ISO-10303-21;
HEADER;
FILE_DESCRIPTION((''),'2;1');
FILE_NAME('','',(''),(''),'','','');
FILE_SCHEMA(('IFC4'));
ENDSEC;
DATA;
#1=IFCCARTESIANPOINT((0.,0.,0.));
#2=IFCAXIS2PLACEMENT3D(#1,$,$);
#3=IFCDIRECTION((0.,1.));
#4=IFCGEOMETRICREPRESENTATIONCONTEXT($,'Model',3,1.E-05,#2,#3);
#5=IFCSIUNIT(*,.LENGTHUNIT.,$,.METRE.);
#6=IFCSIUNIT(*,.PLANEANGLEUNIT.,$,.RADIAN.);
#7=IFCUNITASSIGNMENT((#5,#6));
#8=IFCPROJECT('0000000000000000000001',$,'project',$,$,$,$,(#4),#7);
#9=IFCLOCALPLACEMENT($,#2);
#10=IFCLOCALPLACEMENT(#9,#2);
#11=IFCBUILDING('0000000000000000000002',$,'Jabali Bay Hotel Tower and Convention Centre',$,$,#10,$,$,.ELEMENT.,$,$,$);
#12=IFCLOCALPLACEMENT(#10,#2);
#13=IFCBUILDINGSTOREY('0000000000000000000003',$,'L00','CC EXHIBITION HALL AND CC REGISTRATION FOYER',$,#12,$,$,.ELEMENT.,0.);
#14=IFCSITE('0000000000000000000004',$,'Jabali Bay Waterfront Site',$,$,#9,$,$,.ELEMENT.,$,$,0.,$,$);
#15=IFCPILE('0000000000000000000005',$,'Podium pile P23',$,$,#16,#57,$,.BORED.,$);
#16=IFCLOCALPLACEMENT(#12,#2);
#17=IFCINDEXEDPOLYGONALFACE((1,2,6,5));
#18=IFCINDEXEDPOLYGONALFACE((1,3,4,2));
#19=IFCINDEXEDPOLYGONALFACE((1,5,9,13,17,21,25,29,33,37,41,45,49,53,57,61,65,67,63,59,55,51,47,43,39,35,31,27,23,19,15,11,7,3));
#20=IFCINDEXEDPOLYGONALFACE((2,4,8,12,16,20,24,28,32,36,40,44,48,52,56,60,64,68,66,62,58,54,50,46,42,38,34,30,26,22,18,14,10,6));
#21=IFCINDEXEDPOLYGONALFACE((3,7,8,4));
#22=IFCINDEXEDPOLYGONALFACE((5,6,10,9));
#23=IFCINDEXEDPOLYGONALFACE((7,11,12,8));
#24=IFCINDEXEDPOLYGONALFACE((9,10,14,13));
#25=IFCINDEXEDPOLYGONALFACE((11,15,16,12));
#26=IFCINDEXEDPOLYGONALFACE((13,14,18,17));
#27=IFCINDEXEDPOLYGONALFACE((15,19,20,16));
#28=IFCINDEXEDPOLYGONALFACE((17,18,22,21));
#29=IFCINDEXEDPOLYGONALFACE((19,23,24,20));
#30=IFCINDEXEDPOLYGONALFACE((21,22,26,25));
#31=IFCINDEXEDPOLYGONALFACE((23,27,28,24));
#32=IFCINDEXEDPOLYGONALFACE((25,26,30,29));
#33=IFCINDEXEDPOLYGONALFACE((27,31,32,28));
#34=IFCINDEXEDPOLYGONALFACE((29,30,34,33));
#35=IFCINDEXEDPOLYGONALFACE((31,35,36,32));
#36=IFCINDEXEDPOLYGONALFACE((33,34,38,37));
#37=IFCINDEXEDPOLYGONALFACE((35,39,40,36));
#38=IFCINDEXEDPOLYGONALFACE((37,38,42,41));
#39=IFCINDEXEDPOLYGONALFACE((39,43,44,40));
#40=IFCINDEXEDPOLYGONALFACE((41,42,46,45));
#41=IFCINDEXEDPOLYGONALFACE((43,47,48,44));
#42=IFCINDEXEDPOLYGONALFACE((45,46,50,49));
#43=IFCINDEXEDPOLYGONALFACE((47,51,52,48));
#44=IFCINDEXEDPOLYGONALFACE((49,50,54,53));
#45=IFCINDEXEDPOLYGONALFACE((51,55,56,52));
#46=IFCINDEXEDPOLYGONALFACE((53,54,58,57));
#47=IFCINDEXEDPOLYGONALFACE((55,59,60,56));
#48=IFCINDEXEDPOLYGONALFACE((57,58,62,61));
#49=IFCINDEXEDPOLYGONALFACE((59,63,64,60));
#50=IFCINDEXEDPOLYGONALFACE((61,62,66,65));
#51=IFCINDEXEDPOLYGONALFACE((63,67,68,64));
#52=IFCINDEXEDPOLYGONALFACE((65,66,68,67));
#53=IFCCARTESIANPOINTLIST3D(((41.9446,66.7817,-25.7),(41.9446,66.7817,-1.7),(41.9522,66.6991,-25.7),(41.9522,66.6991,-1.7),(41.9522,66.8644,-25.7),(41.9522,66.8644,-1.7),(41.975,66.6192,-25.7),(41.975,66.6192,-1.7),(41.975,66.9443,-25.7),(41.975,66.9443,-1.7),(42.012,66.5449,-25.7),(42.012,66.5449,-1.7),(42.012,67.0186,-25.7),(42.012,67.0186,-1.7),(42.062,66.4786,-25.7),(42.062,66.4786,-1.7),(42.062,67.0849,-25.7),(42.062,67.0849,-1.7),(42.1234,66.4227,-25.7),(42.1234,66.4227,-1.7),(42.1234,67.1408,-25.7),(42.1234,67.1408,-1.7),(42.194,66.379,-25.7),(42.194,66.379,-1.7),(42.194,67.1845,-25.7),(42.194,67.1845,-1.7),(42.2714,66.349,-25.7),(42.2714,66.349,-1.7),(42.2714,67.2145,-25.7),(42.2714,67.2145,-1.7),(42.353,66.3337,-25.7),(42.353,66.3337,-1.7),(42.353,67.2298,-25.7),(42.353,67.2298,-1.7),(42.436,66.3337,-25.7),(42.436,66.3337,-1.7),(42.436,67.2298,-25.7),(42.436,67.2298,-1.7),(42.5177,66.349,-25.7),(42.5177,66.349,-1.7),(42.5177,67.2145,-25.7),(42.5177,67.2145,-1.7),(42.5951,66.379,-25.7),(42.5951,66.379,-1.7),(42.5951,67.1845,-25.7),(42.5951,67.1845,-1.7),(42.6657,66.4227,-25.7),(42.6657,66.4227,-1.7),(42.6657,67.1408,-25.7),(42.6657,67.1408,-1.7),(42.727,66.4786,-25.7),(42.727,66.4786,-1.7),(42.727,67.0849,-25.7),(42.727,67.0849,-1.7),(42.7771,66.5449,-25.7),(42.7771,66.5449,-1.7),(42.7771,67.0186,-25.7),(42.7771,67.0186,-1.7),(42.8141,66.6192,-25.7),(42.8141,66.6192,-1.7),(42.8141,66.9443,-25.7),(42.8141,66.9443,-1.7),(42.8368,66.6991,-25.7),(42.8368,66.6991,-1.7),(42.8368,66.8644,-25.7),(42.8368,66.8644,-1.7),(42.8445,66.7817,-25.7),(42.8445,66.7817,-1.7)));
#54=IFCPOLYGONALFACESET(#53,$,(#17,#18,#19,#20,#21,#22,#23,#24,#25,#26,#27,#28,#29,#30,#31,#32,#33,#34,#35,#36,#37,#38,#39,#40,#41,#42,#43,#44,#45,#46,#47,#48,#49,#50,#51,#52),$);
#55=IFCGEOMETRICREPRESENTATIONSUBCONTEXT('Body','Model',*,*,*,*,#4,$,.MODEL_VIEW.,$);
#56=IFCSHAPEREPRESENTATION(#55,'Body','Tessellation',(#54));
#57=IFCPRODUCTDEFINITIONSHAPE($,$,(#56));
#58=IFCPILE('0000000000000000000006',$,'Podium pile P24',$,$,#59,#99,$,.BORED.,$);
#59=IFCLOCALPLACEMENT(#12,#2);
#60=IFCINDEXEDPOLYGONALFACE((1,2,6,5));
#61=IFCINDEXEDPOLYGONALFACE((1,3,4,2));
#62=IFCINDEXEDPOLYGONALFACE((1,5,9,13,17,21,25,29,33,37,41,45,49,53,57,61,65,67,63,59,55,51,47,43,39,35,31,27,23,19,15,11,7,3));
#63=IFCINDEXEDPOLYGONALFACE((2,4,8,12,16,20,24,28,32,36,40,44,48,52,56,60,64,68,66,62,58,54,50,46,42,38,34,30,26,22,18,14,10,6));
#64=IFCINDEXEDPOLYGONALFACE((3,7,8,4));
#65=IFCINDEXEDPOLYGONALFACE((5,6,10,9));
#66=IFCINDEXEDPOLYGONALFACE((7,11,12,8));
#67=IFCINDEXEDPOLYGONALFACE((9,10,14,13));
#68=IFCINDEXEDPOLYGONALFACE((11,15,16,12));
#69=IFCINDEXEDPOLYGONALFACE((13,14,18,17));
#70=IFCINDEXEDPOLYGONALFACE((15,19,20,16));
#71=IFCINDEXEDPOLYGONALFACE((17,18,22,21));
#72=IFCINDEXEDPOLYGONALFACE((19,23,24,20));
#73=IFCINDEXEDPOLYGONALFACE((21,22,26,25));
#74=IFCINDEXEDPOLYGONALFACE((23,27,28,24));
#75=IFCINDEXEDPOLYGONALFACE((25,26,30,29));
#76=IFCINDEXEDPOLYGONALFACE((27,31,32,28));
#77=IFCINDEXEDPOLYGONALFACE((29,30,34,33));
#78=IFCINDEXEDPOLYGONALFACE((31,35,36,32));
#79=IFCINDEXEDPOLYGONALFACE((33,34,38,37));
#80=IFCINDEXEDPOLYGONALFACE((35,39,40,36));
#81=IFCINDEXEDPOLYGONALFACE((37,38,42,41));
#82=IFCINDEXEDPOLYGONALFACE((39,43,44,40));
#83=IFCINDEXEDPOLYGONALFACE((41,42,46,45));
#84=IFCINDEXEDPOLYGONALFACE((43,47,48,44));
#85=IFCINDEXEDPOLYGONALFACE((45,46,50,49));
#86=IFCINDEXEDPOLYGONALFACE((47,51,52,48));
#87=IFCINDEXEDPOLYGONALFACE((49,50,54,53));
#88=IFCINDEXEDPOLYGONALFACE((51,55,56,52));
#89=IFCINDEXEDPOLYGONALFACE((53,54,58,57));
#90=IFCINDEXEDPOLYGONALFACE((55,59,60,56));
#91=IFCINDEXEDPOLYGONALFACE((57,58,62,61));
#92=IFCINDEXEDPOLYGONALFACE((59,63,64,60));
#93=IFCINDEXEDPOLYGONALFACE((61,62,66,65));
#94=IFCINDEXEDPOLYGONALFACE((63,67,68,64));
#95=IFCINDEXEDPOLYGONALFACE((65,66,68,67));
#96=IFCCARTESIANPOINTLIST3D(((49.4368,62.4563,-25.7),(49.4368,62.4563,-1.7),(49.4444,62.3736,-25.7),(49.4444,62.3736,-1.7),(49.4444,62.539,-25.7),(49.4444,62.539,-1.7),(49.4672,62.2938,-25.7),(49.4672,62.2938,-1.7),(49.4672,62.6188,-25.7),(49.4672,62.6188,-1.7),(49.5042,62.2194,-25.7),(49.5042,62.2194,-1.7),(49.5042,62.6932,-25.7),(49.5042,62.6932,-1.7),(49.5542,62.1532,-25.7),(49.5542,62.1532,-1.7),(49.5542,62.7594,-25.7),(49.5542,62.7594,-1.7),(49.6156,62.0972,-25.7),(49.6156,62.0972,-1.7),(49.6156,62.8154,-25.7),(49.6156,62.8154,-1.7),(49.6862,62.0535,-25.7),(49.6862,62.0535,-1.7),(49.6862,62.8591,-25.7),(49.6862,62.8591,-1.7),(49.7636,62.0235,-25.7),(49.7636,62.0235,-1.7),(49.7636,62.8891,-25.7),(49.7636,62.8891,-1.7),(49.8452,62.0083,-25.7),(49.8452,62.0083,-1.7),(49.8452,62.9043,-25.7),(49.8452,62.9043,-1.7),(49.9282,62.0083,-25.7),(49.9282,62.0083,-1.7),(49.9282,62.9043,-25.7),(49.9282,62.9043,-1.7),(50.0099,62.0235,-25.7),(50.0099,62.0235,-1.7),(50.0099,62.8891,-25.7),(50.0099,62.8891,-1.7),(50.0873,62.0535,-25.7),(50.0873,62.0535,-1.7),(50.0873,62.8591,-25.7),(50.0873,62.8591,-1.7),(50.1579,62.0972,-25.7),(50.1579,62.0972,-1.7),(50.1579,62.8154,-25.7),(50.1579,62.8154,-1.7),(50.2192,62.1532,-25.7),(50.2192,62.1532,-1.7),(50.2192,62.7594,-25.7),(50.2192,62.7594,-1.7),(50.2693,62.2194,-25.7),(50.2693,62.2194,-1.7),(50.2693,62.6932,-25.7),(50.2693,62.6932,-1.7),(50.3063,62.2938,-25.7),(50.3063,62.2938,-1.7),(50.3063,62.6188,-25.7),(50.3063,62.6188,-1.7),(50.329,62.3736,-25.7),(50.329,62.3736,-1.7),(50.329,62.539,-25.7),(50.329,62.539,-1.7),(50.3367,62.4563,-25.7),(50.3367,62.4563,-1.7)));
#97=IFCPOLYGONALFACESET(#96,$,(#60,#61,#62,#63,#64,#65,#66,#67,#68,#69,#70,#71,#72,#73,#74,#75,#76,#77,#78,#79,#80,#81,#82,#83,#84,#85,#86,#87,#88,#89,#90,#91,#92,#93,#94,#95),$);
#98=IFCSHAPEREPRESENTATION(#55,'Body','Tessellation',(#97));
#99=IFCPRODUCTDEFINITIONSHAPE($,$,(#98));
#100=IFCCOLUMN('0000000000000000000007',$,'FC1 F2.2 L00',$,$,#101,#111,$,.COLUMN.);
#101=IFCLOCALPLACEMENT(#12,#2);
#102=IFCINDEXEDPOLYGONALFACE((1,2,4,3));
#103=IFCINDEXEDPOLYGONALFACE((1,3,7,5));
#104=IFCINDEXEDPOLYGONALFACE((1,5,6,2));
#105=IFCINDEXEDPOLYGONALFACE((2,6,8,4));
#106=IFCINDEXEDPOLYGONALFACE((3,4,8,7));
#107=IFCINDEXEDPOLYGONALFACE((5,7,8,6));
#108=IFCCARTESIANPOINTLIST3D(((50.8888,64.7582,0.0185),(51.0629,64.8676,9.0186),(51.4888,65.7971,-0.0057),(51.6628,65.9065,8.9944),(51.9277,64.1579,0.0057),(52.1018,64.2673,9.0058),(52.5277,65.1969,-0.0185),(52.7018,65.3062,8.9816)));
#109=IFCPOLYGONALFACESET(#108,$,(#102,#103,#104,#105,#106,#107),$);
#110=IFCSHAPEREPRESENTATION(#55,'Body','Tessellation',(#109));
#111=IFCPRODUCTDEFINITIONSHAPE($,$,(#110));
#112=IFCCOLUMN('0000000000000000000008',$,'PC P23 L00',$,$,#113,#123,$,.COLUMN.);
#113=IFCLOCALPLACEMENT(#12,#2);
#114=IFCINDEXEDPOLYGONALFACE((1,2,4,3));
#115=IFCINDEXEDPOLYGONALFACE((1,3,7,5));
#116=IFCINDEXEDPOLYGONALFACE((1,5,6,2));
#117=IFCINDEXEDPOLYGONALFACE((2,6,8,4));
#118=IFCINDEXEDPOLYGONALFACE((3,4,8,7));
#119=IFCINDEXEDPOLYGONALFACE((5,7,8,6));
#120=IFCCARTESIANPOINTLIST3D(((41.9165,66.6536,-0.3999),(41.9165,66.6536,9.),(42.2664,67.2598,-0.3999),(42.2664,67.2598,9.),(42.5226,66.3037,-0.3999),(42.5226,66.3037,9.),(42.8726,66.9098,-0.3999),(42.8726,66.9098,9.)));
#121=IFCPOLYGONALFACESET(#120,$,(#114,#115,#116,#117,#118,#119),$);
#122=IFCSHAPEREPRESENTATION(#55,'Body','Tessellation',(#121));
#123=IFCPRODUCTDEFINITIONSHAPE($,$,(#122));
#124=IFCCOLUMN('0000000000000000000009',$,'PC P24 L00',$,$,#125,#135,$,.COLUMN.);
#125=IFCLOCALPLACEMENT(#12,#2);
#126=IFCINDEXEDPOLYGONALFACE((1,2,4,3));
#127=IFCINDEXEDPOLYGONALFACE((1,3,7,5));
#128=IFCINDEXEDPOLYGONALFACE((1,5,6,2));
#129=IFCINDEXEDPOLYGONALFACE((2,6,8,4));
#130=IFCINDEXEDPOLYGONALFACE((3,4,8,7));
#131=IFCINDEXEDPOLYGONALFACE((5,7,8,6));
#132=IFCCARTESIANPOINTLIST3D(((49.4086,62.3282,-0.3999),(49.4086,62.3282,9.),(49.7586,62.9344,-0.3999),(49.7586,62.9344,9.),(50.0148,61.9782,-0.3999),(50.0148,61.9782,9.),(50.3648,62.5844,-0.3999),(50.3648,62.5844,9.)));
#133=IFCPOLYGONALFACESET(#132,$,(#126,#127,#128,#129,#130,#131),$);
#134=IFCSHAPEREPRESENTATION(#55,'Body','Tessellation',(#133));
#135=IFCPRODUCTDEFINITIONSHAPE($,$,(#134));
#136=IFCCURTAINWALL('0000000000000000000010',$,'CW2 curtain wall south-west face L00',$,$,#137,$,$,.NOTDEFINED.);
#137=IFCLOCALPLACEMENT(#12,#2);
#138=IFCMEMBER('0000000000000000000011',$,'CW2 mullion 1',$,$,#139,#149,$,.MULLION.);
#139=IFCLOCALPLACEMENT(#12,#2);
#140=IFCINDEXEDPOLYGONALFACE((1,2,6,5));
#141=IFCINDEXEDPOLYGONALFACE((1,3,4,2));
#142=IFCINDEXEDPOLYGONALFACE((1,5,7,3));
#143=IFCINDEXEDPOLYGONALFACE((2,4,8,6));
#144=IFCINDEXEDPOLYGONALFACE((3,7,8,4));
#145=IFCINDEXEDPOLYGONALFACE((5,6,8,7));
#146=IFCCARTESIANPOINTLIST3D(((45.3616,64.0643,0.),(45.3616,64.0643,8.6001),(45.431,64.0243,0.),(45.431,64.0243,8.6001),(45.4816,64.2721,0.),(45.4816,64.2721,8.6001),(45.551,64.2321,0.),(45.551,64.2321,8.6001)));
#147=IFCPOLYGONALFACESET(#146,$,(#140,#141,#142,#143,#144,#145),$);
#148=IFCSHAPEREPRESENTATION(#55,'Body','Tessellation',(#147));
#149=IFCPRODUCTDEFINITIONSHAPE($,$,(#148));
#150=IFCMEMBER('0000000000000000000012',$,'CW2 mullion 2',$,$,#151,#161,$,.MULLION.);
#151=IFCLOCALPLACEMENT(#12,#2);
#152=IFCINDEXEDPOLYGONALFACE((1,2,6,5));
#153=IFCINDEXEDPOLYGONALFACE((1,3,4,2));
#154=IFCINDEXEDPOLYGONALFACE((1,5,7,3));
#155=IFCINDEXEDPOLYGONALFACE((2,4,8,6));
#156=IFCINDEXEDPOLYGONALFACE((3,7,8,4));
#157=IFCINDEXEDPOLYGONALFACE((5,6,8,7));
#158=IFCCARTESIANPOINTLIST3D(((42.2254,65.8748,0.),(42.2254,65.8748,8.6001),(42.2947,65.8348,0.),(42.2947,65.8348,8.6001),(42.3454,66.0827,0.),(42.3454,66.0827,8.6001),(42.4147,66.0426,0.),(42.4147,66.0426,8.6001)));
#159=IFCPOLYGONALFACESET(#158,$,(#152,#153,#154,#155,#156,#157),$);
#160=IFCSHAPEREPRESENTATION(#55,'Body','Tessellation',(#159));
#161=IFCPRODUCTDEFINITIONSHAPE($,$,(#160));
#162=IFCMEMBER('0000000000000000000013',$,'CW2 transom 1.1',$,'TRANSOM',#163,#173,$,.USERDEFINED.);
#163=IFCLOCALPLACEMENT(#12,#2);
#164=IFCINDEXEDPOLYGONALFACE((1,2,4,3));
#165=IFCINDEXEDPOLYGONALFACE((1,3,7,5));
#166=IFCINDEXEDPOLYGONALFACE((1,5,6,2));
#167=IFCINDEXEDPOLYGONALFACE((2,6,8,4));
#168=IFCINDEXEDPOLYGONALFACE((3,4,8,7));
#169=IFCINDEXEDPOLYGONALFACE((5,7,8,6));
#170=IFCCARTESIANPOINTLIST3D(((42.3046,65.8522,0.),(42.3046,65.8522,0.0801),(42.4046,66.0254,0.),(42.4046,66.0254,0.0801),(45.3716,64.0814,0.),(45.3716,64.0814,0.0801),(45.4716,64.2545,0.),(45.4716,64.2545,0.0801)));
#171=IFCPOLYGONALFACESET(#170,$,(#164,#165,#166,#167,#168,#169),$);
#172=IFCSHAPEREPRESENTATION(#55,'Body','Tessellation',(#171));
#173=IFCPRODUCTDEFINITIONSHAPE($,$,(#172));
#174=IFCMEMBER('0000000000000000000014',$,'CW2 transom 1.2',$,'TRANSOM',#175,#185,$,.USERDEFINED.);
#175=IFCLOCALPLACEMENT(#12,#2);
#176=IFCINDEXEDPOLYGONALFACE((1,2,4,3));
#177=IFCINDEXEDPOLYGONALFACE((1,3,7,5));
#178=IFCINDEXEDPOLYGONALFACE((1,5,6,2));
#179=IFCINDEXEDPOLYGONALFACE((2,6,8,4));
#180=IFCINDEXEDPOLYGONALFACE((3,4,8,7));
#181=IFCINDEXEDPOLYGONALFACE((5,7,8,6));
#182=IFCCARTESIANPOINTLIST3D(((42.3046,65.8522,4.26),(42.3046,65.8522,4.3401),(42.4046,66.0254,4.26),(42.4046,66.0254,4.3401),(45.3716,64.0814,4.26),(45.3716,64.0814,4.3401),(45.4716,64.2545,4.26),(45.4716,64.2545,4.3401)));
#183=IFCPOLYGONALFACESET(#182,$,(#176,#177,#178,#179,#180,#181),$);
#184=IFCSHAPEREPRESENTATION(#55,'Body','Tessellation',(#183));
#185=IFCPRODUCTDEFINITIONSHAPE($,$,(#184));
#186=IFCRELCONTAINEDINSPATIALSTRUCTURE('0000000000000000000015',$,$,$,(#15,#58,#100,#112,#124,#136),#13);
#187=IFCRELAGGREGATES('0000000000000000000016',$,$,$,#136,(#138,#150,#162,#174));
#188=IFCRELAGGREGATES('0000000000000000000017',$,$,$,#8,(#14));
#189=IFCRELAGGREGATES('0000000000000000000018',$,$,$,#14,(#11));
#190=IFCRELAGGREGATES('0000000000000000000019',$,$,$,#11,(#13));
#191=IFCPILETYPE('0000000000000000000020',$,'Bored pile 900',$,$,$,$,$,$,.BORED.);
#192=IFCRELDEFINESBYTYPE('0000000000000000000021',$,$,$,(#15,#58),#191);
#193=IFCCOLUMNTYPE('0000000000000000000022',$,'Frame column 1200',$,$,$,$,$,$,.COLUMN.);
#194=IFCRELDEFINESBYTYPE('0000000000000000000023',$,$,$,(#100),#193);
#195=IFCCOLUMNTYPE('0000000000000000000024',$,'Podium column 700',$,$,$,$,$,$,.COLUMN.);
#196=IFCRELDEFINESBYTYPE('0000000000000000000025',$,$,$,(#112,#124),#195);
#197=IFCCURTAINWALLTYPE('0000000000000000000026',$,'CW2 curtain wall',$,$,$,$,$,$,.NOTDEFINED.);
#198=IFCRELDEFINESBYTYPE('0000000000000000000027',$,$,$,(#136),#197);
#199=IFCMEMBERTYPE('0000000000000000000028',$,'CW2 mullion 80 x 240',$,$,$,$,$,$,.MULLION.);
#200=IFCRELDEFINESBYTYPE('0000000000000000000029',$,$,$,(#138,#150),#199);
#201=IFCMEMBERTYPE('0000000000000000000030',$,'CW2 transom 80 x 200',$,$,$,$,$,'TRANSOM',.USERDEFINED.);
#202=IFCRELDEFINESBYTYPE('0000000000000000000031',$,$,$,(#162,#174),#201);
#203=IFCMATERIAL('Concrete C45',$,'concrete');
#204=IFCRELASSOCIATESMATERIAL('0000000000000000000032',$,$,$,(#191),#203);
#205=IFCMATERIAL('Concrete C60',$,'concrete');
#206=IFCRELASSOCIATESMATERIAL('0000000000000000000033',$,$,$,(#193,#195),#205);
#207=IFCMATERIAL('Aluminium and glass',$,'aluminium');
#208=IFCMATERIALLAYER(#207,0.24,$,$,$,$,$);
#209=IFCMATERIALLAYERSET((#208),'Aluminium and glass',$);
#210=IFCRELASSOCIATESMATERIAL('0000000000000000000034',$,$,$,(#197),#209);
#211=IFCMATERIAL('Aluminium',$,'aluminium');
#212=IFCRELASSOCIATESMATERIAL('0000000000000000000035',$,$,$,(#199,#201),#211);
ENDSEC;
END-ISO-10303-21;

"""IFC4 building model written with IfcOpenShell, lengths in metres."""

from ifc_helpers import new_model, si_unit, direction, frame, origin, origin_2d, place, context, subcontext, project, spatial, rectangle, circle, extrude, material, layer, layer_set, material_profile, profile_set, type_object, element, aggregate, save


model = new_model("IFC4")

# Units and contexts
model_context = context("Model", 3, precision=1e-05, world=origin(), true_north=direction((0.0, 1.0)))
body_context = subcontext(model_context, "Body", "Model", "MODEL_VIEW")
ifc_project = project(units=[si_unit("LENGTHUNIT", "METRE"), si_unit("PLANEANGLEUNIT", "RADIAN")], contexts=[model_context])

# Site, building, storey
site_placement = place(None, origin())
site = spatial("IfcSite", under=ifc_project, at=site_placement, Name="Jabali Bay Waterfront Site", CompositionType="ELEMENT", RefElevation=0.0)
building_placement = place(site_placement, origin())
building = spatial("IfcBuilding", under=site, at=building_placement, Name="Jabali Bay Hotel Tower and Convention Centre", CompositionType="ELEMENT")
storey_placement = place(building_placement, origin())
storey = spatial("IfcBuildingStorey", under=building, at=storey_placement, Name="L00", Description="CC EXHIBITION HALL AND CC REGISTRATION FOYER", CompositionType="ELEMENT", Elevation=0.0)

# Piles
ifc_material_1 = material(Name="Concrete C45", Category="concrete")
ifc_material_profile_1 = material_profile(ifc_material_1, circle(Radius=0.45, at=origin_2d()), Name="Bored pile 900")
ifc_profile_set_1 = profile_set([ifc_material_profile_1], Name="Concrete C45")
pile_type = type_object("IfcPileType", Name="Bored pile 900", PredefinedType="BORED", material=ifc_profile_set_1)
for number, where, z_axis, x_axis, name in (
    (1, (42.3945, 66.7817, -1.7), (0.0, 0.0, -1.0), (1.0, 0.0, 0.0), "Podium pile P23"),
    (2, (49.8867, 62.4563, -1.7), (0.0, 0.0, -1.0), (1.0, 0.0, 0.0), "Podium pile P24"),
):
    element("IfcPile", number, at=place(storey_placement, frame(where, z_axis=z_axis, x_axis=x_axis)), inside=storey, type_object=pile_type, Name=name, PredefinedType="BORED", context=body_context, shape_type="SweptSolid", body=[
        extrude(circle(Radius=0.45, at=origin_2d()), origin(), (0.0, 0.0, 1.0), 24.0),
    ])

# Columns
ifc_material_2 = material(Name="Concrete C60", Category="concrete")
ifc_material_profile_2 = material_profile(ifc_material_2, rectangle(XDim=1.2, YDim=1.2, at=origin_2d()), Name="Frame column 1200")
ifc_profile_set_2 = profile_set([ifc_material_profile_2], Name="Concrete C60")
column_type_1 = type_object("IfcColumnType", Name="Frame column 1200", PredefinedType="COLUMN", material=ifc_profile_set_2)
column_placement = place(storey_placement, frame((51.7083, 64.9775, 0.0), z_axis=(0.019336, 0.01215, 0.999739), x_axis=(-0.865812, 0.500255, 0.010666)))
element("IfcColumn", 3, at=column_placement, inside=storey, type_object=column_type_1, Name="FC1 F2.2 L00", PredefinedType="COLUMN", context=body_context, shape_type="SweptSolid", body=[
    extrude(rectangle(XDim=1.2, YDim=1.2, at=origin_2d()), origin(), (0.0, 0.0, 1.0), 9.0024),
])
ifc_material_profile_3 = material_profile(ifc_material_2, rectangle(XDim=0.7, YDim=0.7, at=origin_2d()), Name="Podium column 700")
ifc_profile_set_3 = profile_set([ifc_material_profile_3], Name="Concrete C60")
column_type_2 = type_object("IfcColumnType", Name="Podium column 700", PredefinedType="COLUMN", material=ifc_profile_set_3)
for number, where, z_axis, x_axis, name in (
    (4, (42.3945, 66.7817, -0.3999), (0.0, 0.0, 1.0), (0.5, 0.866025, 0.0), "PC P23 L00"),
    (5, (49.8867, 62.4563, -0.3999), (0.0, 0.0, 1.0), (0.5, 0.866025, 0.0), "PC P24 L00"),
):
    element("IfcColumn", number, at=place(storey_placement, frame(where, z_axis=z_axis, x_axis=x_axis)), inside=storey, type_object=column_type_2, Name=name, PredefinedType="COLUMN", context=body_context, shape_type="SweptSolid", body=[
        extrude(rectangle(XDim=0.7, YDim=0.7, at=origin_2d()), origin(), (0.0, 0.0, 1.0), 9.3999),
    ])

# Curtain wall, members
ifc_material_3 = material(Name="Aluminium and glass", Category="aluminium")
ifc_layer_1 = layer(ifc_material_3, 0.24)
ifc_layer_set_1 = layer_set([ifc_layer_1], Name="Aluminium and glass")
curtain_wall_type = type_object("IfcCurtainWallType", Name="CW2 curtain wall", PredefinedType="NOTDEFINED", material=ifc_layer_set_1)
curtain_wall_placement = place(storey_placement, origin())
curtain_wall = element("IfcCurtainWall", 6, at=curtain_wall_placement, inside=storey, type_object=curtain_wall_type, Name="CW2 curtain wall south-west face L00", PredefinedType="NOTDEFINED")
ifc_material_4 = material(Name="Aluminium", Category="aluminium")
ifc_material_profile_4 = material_profile(ifc_material_4, rectangle(XDim=0.24, YDim=0.0801, at=origin_2d()), Name="CW2 mullion 80 x 240")
ifc_profile_set_4 = profile_set([ifc_material_profile_4], Name="Aluminium")
member_type_1 = type_object("IfcMemberType", Name="CW2 mullion 80 x 240", PredefinedType="MULLION", material=ifc_profile_set_4)
member_1_placement = place(storey_placement, frame((45.4563, 64.1482, 0.0), z_axis=(0.0, 0.0, 1.0), x_axis=(-0.5, -0.866025, 0.0)))
member_1 = element("IfcMember", 7, at=member_1_placement, type_object=member_type_1, Name="CW2 mullion 1", PredefinedType="MULLION", context=body_context, shape_type="SweptSolid", body=[
    extrude(rectangle(XDim=0.24, YDim=0.0801, at=origin_2d()), origin(), (0.0, 0.0, 1.0), 8.6001),
])
member_2_placement = place(storey_placement, frame((42.3201, 65.9587, 0.0), z_axis=(0.0, 0.0, 1.0), x_axis=(-0.5, -0.866025, 0.0)))
member_2 = element("IfcMember", 8, at=member_2_placement, type_object=member_type_1, Name="CW2 mullion 2", PredefinedType="MULLION", context=body_context, shape_type="SweptSolid", body=[
    extrude(rectangle(XDim=0.24, YDim=0.0801, at=origin_2d()), origin(), (0.0, 0.0, 1.0), 8.6001),
])
ifc_material_profile_5 = material_profile(ifc_material_4, rectangle(XDim=0.2, YDim=0.0801, at=origin_2d()), Name="CW2 transom 80 x 200")
ifc_profile_set_5 = profile_set([ifc_material_profile_5], Name="Aluminium")
member_type_2 = type_object("IfcMemberType", Name="CW2 transom 80 x 200", ElementType="TRANSOM", PredefinedType="USERDEFINED", material=ifc_profile_set_5)
member_3_placement = place(storey_placement, frame((45.4216, 64.168, 0.04), z_axis=(-0.866016, 0.500017, 0.0), x_axis=(-0.500017, -0.866016, 0.0)))
member_3 = element("IfcMember", 9, at=member_3_placement, type_object=member_type_2, Name="CW2 transom 1.1", ObjectType="TRANSOM", PredefinedType="USERDEFINED", context=body_context, shape_type="SweptSolid", body=[
    extrude(rectangle(XDim=0.2, YDim=0.0801, at=origin_2d()), origin(), (0.0, 0.0, 1.0), 3.5415),
])
member_4_placement = place(storey_placement, frame((45.4216, 64.168, 4.3), z_axis=(-0.866016, 0.500017, 0.0), x_axis=(-0.500017, -0.866016, 0.0)))
member_4 = element("IfcMember", 10, at=member_4_placement, type_object=member_type_2, Name="CW2 transom 1.2", ObjectType="TRANSOM", PredefinedType="USERDEFINED", context=body_context, shape_type="SweptSolid", body=[
    extrude(rectangle(XDim=0.2, YDim=0.0801, at=origin_2d()), origin(), (0.0, 0.0, 1.0), 3.5415),
])
aggregate(curtain_wall, [member_1, member_2, member_3, member_4])

save(model, "model.ifc")
